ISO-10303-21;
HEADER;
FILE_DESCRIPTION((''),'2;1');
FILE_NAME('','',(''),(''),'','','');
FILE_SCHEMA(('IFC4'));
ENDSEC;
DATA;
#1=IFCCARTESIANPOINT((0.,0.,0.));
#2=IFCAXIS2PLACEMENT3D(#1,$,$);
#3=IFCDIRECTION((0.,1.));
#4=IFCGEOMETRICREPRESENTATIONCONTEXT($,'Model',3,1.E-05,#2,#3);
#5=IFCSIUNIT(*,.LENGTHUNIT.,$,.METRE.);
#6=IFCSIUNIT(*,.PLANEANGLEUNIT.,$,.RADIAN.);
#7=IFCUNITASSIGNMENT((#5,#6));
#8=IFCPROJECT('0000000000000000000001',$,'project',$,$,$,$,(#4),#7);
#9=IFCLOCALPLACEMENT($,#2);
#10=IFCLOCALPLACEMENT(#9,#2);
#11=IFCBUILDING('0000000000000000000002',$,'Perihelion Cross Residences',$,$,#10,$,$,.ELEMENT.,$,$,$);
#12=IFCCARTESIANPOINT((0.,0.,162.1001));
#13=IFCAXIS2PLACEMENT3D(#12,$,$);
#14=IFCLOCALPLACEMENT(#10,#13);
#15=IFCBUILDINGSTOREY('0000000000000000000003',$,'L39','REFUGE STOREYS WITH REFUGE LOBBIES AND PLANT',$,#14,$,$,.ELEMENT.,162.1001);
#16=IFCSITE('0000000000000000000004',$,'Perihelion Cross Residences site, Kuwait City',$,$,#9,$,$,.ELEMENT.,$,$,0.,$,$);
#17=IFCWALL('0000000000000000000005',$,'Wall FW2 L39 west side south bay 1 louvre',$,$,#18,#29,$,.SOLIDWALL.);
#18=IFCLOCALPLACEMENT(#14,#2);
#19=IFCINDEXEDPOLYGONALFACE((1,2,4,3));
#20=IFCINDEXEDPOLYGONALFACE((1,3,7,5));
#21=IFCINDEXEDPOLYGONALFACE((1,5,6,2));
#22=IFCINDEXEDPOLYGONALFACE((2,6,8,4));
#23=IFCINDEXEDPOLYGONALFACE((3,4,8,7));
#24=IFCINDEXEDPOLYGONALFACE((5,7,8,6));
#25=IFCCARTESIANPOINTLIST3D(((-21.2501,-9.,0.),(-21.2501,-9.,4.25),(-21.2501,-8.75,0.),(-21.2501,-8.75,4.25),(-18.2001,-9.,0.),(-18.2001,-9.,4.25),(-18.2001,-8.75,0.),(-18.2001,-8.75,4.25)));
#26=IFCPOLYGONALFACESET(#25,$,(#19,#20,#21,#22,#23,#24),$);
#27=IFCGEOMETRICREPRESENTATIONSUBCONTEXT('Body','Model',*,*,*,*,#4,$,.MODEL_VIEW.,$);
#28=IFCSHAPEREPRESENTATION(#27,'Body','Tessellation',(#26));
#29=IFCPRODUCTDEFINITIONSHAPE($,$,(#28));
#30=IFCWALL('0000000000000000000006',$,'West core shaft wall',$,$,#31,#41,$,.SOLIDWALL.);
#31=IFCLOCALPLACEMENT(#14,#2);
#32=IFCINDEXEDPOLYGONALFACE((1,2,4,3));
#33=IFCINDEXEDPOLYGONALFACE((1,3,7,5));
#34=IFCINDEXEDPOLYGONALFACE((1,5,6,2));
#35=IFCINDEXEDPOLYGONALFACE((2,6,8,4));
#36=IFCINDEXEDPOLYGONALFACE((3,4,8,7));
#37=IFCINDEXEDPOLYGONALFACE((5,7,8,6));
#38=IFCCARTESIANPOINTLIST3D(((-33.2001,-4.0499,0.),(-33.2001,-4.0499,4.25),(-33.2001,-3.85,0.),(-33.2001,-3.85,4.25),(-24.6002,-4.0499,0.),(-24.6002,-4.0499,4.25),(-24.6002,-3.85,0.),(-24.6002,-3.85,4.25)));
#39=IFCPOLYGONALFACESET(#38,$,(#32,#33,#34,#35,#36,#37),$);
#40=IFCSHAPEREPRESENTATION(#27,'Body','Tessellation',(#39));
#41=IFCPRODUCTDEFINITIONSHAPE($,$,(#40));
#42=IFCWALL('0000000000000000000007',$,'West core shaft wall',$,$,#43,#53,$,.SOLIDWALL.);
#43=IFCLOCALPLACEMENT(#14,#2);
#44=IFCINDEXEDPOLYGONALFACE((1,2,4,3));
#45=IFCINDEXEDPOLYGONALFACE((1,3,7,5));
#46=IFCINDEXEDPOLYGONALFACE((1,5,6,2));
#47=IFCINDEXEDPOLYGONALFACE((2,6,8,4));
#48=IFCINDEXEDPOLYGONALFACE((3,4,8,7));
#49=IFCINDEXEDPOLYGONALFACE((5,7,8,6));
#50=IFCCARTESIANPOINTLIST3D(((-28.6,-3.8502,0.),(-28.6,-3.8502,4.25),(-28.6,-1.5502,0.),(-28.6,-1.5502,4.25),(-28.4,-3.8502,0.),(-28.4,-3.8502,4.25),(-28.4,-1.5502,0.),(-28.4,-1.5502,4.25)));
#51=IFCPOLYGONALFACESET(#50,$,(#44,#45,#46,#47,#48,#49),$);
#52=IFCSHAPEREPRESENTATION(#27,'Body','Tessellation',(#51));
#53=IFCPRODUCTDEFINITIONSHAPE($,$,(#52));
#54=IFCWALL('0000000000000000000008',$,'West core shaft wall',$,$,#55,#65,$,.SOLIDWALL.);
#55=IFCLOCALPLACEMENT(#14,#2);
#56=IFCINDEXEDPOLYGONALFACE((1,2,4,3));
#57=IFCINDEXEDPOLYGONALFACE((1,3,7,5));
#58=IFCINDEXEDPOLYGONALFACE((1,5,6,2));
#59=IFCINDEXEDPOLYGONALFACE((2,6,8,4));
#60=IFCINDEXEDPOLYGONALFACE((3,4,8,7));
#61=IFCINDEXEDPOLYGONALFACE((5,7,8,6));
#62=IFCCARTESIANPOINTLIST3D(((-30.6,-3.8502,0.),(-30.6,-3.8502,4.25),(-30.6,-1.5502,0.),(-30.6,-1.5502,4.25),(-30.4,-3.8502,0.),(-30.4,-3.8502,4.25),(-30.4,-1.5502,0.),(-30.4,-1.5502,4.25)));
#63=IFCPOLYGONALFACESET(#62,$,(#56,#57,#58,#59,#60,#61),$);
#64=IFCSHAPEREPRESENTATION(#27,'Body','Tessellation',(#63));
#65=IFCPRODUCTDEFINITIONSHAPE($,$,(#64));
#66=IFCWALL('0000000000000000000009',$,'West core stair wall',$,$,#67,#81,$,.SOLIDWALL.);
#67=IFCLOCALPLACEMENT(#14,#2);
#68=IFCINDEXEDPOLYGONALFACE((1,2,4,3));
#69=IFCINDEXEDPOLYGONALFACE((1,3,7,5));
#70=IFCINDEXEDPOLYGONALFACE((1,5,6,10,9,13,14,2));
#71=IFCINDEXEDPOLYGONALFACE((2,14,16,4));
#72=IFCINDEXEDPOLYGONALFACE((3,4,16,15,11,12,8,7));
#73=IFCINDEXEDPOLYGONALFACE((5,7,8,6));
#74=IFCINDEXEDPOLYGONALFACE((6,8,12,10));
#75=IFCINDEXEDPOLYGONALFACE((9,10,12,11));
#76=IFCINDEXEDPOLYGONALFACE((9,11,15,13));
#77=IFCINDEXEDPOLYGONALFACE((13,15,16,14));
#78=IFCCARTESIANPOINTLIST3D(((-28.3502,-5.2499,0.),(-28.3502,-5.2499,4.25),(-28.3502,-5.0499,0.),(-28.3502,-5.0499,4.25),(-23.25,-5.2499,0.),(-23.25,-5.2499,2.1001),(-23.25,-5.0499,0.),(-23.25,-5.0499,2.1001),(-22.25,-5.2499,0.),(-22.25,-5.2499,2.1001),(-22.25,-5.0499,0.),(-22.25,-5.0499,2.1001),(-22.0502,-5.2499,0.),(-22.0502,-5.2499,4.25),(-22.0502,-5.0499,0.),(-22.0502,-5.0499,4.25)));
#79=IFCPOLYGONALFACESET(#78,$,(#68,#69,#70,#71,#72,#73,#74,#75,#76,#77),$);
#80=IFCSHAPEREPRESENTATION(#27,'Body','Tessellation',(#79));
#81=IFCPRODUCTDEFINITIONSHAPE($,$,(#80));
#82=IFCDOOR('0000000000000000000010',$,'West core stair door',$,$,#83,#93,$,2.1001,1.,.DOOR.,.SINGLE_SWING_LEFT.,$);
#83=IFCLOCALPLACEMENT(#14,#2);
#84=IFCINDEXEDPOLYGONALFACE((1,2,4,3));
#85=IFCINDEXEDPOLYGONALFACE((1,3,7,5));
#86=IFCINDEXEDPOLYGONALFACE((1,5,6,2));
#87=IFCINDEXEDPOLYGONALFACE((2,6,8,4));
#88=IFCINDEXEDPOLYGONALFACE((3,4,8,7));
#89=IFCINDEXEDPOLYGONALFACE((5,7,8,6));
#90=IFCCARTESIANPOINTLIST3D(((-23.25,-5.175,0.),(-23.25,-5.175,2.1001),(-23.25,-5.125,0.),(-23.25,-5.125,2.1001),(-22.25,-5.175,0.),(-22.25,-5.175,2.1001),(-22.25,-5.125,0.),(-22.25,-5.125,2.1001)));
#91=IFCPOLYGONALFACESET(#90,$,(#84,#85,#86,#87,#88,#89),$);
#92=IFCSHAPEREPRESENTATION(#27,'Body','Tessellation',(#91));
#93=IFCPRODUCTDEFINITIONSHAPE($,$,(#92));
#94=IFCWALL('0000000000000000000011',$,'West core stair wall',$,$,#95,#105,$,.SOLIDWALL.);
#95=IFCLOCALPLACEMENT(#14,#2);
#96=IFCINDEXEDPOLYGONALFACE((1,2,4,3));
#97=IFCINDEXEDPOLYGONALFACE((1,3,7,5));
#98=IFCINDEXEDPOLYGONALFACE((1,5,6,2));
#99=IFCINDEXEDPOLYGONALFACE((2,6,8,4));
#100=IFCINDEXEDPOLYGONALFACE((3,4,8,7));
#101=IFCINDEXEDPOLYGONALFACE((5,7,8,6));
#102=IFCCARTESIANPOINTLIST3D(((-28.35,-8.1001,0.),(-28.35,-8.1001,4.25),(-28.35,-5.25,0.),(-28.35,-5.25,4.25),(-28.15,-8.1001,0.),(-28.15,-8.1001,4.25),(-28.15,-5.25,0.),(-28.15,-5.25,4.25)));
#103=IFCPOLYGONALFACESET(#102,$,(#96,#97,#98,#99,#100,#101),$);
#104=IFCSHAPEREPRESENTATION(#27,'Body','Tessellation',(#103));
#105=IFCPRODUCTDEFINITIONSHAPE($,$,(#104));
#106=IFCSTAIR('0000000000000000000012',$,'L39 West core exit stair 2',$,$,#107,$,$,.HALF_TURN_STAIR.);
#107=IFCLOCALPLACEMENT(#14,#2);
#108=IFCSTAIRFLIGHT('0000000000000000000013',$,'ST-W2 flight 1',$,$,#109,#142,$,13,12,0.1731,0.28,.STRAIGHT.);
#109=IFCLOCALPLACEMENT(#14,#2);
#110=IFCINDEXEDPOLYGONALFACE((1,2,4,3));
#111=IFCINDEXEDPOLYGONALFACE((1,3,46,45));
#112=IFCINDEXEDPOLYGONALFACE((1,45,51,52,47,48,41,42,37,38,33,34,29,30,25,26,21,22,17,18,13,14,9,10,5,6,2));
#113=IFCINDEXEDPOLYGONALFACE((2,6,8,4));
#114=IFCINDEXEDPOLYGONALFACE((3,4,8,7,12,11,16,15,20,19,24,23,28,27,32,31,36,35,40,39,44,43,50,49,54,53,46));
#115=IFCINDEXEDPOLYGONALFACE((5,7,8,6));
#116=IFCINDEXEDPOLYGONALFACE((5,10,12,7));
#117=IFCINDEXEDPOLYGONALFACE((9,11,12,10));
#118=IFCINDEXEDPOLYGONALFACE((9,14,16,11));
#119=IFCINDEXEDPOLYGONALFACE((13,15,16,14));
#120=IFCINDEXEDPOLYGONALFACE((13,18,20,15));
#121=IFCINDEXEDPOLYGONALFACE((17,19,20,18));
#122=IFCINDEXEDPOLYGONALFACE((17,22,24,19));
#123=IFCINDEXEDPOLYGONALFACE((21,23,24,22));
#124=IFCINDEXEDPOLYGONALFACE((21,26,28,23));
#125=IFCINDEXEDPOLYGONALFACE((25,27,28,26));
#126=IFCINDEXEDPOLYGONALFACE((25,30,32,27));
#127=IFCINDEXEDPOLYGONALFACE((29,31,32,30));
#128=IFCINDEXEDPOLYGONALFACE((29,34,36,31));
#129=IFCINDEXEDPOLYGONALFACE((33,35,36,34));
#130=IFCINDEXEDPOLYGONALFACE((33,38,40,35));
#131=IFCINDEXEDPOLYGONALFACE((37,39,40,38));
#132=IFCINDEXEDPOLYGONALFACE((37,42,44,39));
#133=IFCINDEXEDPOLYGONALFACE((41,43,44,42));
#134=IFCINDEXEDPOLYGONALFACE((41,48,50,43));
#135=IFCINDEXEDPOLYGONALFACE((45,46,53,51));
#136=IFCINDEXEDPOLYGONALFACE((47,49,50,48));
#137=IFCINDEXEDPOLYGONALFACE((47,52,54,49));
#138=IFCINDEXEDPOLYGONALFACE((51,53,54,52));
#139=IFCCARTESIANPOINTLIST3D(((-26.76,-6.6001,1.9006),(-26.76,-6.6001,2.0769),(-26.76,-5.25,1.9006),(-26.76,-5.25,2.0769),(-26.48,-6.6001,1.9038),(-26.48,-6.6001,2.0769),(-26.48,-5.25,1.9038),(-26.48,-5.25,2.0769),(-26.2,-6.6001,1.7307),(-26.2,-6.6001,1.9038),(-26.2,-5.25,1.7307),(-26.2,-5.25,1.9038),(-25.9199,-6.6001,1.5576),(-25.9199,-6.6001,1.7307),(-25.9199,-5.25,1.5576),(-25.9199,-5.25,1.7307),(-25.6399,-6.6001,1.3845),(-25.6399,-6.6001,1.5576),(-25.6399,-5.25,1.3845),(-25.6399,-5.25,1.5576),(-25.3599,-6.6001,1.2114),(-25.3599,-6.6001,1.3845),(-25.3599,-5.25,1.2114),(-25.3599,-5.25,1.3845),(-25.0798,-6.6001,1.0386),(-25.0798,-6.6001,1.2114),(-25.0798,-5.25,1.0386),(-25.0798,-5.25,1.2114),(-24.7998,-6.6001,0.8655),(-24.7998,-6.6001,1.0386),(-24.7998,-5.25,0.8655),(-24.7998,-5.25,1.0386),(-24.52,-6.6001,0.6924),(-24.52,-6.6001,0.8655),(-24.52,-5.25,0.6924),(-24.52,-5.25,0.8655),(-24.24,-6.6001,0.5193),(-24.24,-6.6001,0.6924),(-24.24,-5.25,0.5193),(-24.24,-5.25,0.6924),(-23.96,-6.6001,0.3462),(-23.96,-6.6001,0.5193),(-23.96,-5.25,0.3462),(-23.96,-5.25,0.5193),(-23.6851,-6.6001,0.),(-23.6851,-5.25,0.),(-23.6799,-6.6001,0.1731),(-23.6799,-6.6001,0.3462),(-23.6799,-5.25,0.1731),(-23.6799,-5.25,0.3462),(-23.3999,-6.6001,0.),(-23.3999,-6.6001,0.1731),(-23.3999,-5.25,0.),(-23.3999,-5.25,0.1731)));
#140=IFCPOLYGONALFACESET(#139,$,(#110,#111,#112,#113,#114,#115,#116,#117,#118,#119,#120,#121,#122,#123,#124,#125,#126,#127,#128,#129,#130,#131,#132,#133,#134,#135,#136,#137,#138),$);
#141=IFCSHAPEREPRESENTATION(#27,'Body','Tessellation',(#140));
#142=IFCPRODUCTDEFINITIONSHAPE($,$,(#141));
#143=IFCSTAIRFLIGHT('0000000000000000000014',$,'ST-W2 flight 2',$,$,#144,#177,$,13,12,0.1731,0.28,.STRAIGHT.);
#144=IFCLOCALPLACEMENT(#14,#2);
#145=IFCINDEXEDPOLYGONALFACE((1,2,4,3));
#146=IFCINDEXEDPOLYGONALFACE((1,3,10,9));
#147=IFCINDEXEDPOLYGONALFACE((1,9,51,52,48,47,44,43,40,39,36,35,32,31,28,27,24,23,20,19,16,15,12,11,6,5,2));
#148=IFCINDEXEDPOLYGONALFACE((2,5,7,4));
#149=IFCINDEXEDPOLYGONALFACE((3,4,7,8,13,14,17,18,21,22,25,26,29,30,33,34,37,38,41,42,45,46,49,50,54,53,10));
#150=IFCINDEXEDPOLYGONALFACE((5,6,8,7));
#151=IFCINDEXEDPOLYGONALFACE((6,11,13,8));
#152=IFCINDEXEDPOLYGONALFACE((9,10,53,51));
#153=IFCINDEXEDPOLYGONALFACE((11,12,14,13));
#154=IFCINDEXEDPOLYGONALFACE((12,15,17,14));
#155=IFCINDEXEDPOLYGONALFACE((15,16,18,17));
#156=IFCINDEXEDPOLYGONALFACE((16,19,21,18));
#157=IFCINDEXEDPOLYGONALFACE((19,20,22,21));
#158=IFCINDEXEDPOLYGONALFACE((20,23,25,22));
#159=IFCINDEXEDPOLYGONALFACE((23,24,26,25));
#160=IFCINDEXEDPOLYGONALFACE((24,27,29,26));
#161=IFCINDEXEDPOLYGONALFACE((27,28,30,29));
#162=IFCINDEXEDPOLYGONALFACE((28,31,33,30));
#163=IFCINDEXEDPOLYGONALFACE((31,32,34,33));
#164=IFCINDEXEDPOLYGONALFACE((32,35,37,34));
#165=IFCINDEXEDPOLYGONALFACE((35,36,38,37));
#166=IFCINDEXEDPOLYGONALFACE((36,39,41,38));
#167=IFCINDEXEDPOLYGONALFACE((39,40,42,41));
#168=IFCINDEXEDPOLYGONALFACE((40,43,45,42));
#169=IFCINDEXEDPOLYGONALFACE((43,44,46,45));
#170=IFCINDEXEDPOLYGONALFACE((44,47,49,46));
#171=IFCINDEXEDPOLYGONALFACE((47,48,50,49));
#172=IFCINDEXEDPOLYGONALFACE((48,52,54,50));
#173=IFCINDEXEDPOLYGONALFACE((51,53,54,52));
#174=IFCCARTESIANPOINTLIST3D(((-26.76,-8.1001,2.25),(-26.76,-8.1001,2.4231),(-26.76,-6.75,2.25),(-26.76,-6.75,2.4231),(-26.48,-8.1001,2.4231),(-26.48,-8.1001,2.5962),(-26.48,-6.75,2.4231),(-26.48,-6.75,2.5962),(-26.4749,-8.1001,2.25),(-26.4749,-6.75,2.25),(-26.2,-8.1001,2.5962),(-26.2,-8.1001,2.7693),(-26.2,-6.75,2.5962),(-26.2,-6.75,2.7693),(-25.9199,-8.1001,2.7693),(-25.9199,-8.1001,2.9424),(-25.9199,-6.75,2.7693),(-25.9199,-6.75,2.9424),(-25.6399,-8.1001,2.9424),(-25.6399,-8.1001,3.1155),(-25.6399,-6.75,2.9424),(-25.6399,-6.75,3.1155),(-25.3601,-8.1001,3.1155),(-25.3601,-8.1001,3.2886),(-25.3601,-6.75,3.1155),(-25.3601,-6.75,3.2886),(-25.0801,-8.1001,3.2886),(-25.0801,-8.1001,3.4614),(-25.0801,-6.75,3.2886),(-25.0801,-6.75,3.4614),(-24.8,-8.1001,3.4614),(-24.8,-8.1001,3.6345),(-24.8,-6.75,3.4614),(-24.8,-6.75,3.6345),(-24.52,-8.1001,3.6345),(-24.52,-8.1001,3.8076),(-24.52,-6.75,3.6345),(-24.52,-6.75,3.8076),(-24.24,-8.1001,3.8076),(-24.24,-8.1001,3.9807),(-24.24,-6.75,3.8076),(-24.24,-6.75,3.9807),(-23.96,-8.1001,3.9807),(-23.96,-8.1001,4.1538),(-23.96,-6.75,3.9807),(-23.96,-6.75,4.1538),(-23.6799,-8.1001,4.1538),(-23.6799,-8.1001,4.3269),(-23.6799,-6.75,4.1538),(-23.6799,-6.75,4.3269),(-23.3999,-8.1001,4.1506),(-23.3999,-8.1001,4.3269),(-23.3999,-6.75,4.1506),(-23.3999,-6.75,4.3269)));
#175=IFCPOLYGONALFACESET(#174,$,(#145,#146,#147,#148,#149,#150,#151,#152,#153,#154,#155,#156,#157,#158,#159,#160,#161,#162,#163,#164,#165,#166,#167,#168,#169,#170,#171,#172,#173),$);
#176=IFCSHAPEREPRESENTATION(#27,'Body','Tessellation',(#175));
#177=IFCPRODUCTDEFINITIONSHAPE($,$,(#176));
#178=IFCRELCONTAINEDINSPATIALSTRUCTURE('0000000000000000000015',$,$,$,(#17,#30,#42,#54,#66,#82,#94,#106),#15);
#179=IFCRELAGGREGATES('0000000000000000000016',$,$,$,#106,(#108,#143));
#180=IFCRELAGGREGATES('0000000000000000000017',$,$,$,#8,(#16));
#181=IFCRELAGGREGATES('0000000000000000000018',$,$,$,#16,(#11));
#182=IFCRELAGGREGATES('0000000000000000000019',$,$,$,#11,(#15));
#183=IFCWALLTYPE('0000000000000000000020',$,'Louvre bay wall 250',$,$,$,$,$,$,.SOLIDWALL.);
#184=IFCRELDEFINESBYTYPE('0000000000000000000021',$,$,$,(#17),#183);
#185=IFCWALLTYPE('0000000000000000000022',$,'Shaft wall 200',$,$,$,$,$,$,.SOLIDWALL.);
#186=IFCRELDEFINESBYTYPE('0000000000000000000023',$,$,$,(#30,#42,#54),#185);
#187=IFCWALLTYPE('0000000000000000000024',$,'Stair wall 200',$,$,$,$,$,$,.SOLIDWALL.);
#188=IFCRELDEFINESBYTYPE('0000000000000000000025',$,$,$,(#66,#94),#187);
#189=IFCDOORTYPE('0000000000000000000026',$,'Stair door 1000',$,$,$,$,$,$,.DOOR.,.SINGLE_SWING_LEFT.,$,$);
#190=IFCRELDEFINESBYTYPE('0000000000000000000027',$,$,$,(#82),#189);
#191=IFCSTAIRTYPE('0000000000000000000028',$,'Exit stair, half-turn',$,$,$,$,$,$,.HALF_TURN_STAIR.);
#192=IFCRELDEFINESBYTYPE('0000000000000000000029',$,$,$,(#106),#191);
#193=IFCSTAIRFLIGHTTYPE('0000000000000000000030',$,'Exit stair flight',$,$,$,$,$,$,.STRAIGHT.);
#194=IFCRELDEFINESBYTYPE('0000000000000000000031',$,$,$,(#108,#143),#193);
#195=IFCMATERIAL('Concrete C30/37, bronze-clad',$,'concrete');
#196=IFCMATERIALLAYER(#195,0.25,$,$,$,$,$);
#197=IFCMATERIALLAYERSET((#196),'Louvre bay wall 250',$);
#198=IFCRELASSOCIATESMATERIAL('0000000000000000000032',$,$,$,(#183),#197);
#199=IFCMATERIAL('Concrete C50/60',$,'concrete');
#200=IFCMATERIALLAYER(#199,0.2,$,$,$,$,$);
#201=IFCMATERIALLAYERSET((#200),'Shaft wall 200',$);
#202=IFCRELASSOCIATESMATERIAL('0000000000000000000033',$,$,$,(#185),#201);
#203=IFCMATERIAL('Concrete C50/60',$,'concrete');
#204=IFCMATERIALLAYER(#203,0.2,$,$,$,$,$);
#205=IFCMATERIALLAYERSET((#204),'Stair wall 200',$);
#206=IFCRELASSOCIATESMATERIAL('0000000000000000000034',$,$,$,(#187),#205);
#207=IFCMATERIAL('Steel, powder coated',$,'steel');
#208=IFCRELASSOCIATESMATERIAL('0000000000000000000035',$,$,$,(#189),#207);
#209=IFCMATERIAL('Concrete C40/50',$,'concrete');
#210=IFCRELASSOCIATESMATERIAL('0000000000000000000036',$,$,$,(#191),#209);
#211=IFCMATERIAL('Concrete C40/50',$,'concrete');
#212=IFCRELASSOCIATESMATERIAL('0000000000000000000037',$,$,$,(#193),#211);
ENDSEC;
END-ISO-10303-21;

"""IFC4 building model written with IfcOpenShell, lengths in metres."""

from ifc_helpers import new_model, si_unit, direction, frame, frame_2d, origin, place, context, subcontext, project, spatial, polyline, rectangle, outline, extrude, material, layer, layer_set, type_object, element, fill, aggregate, save


model = new_model("IFC4")

# Units and contexts
model_context = context("Model", 3, precision=1e-05, world=origin(), true_north=direction((0.0, 1.0)))
body_context = subcontext(model_context, "Body", "Model", "MODEL_VIEW")
ifc_project = project(units=[si_unit("LENGTHUNIT", "METRE"), si_unit("PLANEANGLEUNIT", "RADIAN")], contexts=[model_context])

# Site, building, storey
site_placement = place(None, origin())
site = spatial("IfcSite", under=ifc_project, at=site_placement, Name="Perihelion Cross Residences site, Kuwait City", CompositionType="ELEMENT", RefElevation=0.0)
building_placement = place(site_placement, origin())
building = spatial("IfcBuilding", under=site, at=building_placement, Name="Perihelion Cross Residences", CompositionType="ELEMENT")
storey_placement = place(building_placement, frame((0.0, 0.0, 162.1001)))
storey = spatial("IfcBuildingStorey", under=building, at=storey_placement, Name="L39", Description="REFUGE STOREYS WITH REFUGE LOBBIES AND PLANT", CompositionType="ELEMENT", Elevation=162.1001)

# Walls
ifc_material_1 = material(Name="Concrete C30/37, bronze-clad", Category="concrete")
ifc_layer_1 = layer(ifc_material_1, 0.25)
ifc_layer_set_1 = layer_set([ifc_layer_1], Name="Louvre bay wall 250")
wall_type_1 = type_object("IfcWallType", Name="Louvre bay wall 250", PredefinedType="SOLIDWALL", material=ifc_layer_set_1)
wall_1_placement = place(storey_placement, frame((-21.25, -8.875, 0.0), z_axis=(0.0, 0.0, 1.0), x_axis=(1.0, 0.0, 0.0)))
element("IfcWall", 1, at=wall_1_placement, inside=storey, type_object=wall_type_1, Name="Wall FW2 L39 west side south bay 1 louvre", PredefinedType="SOLIDWALL", context=body_context, shape_type="SweptSolid", body=[
    extrude(rectangle(XDim=3.05, YDim=0.25, at=frame_2d((1.5249, 0.0))), origin(), (0.0, 0.0, 1.0), 4.25),
])
ifc_material_2 = material(Name="Concrete C50/60", Category="concrete")
ifc_layer_2 = layer(ifc_material_2, 0.2)
ifc_layer_set_2 = layer_set([ifc_layer_2], Name="Shaft wall 200")
wall_type_2 = type_object("IfcWallType", Name="Shaft wall 200", PredefinedType="SOLIDWALL", material=ifc_layer_set_2)
wall_2_placement = place(storey_placement, frame((-33.2, -3.95, 0.0), z_axis=(0.0, 0.0, 1.0), x_axis=(1.0, 0.0, 0.0)))
element("IfcWall", 2, at=wall_2_placement, inside=storey, type_object=wall_type_2, Name="West core shaft wall", PredefinedType="SOLIDWALL", context=body_context, shape_type="SweptSolid", body=[
    extrude(rectangle(XDim=8.5999, YDim=0.2, at=frame_2d((4.2998, 0.0))), origin(), (0.0, 0.0, 1.0), 4.25),
])
for number, where, z_axis, x_axis, name in (
    (3, (-28.5, -3.8501, 0.0), (0.0, 0.0, 1.0), (0.0, 1.0, 0.0), "West core shaft wall"),
    (4, (-30.5, -3.8501, 0.0), (0.0, 0.0, 1.0), (0.0, 1.0, 0.0), "West core shaft wall"),
):
    element("IfcWall", number, at=place(storey_placement, frame(where, z_axis=z_axis, x_axis=x_axis)), inside=storey, type_object=wall_type_2, Name=name, PredefinedType="SOLIDWALL", context=body_context, shape_type="SweptSolid", body=[
        extrude(rectangle(XDim=2.3, YDim=0.2, at=frame_2d((1.1499, 0.0))), origin(), (0.0, 0.0, 1.0), 4.25),
    ])

# Wall, opening, door
ifc_material_3 = material(Name="Concrete C50/60", Category="concrete")
ifc_layer_3 = layer(ifc_material_3, 0.2)
ifc_layer_set_3 = layer_set([ifc_layer_3], Name="Stair wall 200")
wall_type_3 = type_object("IfcWallType", Name="Stair wall 200", PredefinedType="SOLIDWALL", material=ifc_layer_set_3)
wall_3_placement = place(storey_placement, frame((-28.3501, -5.1499, 0.0), z_axis=(0.0, 0.0, 1.0), x_axis=(1.0, 0.0, 0.0)))
wall_3 = element("IfcWall", 5, at=wall_3_placement, inside=storey, type_object=wall_type_3, Name="West core stair wall", PredefinedType="SOLIDWALL", context=body_context, shape_type="SweptSolid", body=[
    extrude(rectangle(XDim=6.3, YDim=0.2, at=frame_2d((3.1499, 0.0))), origin(), (0.0, 0.0, 1.0), 4.25),
])
opening_1_placement = place(wall_3_placement, frame((5.1001, 0.0, 0.0)))
opening_1 = element("IfcOpeningElement", 6, at=opening_1_placement, cuts=wall_3, PredefinedType="OPENING", context=body_context, shape_type="SweptSolid", body=[
    extrude(rectangle(XDim=1.0, YDim=2.1001, at=frame_2d((0.5, 1.05))), frame((0.0, 0.1099, 0.0), z_axis=(0.0, -1.0, 0.0), x_axis=(1.0, 0.0, 0.0)), (0.0, 0.0, 1.0), 0.22),
])
ifc_material_4 = material(Name="Steel, powder coated", Category="steel")
door_type_1 = type_object("IfcDoorType", Name="Stair door 1000", OperationType="SINGLE_SWING_LEFT", PredefinedType="DOOR", material=ifc_material_4)
door_1_placement = place(opening_1_placement, origin())
door_1 = element("IfcDoor", 7, at=door_1_placement, inside=storey, type_object=door_type_1, Name="West core stair door", OperationType="SINGLE_SWING_LEFT", OverallHeight=2.1001, OverallWidth=1.0, PredefinedType="DOOR", context=body_context, shape_type="SweptSolid", body=[
    extrude(rectangle(XDim=1.0, YDim=2.1001, at=frame_2d((0.5, 1.05))), frame((0.0, 0.0249, 0.0), z_axis=(0.0, -1.0, 0.0), x_axis=(1.0, 0.0, 0.0)), (0.0, 0.0, 1.0), 0.05),
])
fill(opening_1, door_1)

# Wall
wall_4_placement = place(storey_placement, frame((-28.25, -8.1001, 0.0), z_axis=(0.0, 0.0, 1.0), x_axis=(0.0, 1.0, 0.0)))
element("IfcWall", 8, at=wall_4_placement, inside=storey, type_object=wall_type_3, Name="West core stair wall", PredefinedType="SOLIDWALL", context=body_context, shape_type="SweptSolid", body=[
    extrude(rectangle(XDim=2.8501, YDim=0.2, at=frame_2d((1.425, 0.0))), origin(), (0.0, 0.0, 1.0), 4.25),
])

# Stair, stair flights
ifc_material_5 = material(Name="Concrete C40/50", Category="concrete")
stair_type = type_object("IfcStairType", Name="Exit stair, half-turn", PredefinedType="HALF_TURN_STAIR", material=ifc_material_5)
stair_placement = place(storey_placement, origin())
stair = element("IfcStair", 9, at=stair_placement, inside=storey, type_object=stair_type, Name="L39 West core exit stair 2", PredefinedType="HALF_TURN_STAIR")
ifc_material_6 = material(Name="Concrete C40/50", Category="concrete")
stair_flight_type = type_object("IfcStairFlightType", Name="Exit stair flight", PredefinedType="STRAIGHT", material=ifc_material_6)
stair_flight_1_placement = place(storey_placement, frame((-23.3999, -5.925, 0.0), z_axis=(0.0, 0.0, 1.0), x_axis=(-1.0, 0.0, 0.0)))
stair_flight_1 = element("IfcStairFlight", 10, at=stair_flight_1_placement, type_object=stair_flight_type, Name="ST-W2 flight 1", NumberOfRisers=13, NumberOfTreads=12, PredefinedType="STRAIGHT", RiserHeight=0.1731, TreadLength=0.28, context=body_context, shape_type="SweptSolid", body=[
    extrude(outline(polyline([(0.0, 0.0), (0.0, 0.1731), (0.28, 0.1731), (0.28, 0.3462), (0.5601, 0.3462), (0.5601, 0.5193), (0.8401, 0.5193), (0.8401, 0.6924), (1.1201, 0.6924), (1.1201, 0.8655), (1.3999, 0.8655), (1.3999, 1.0386), (1.6799, 1.0386), (1.6799, 1.2114), (1.96, 1.2114), (1.96, 1.3845), (2.24, 1.3845), (2.24, 1.5576), (2.52, 1.5576), (2.52, 1.7307), (2.8, 1.7307), (2.8, 1.9038), (3.0801, 1.9038), (3.0801, 2.0769), (3.3601, 2.0769), (3.3601, 2.25), (3.3601, 1.9006), (0.2852, 0.0), (0.0, 0.0)])), frame((0.0, 0.675, 0.0), z_axis=(0.0, -1.0, 0.0), x_axis=(1.0, 0.0, 0.0)), (0.0, 0.0, 1.0), 1.3501),
])
stair_flight_2_placement = place(storey_placement, frame((-26.76, -7.425, 2.25), z_axis=(0.0, 0.0, 1.0), x_axis=(1.0, 0.0, 0.0)))
stair_flight_2 = element("IfcStairFlight", 11, at=stair_flight_2_placement, type_object=stair_flight_type, Name="ST-W2 flight 2", NumberOfRisers=13, NumberOfTreads=12, PredefinedType="STRAIGHT", RiserHeight=0.1731, TreadLength=0.28, context=body_context, shape_type="SweptSolid", body=[
    extrude(outline(polyline([(0.0, 0.0), (0.0, 0.1731), (0.28, 0.1731), (0.28, 0.3462), (0.5601, 0.3462), (0.5601, 0.5193), (0.8401, 0.5193), (0.8401, 0.6924), (1.1201, 0.6924), (1.1201, 0.8655), (1.3999, 0.8655), (1.3999, 1.0386), (1.6799, 1.0386), (1.6799, 1.2114), (1.96, 1.2114), (1.96, 1.3845), (2.24, 1.3845), (2.24, 1.5576), (2.52, 1.5576), (2.52, 1.7307), (2.8, 1.7307), (2.8, 1.9038), (3.0801, 1.9038), (3.0801, 2.0769), (3.3601, 2.0769), (3.3601, 2.25), (3.3601, 1.9006), (0.2852, 0.0), (0.0, 0.0)])), frame((0.0, 0.675, 0.0), z_axis=(0.0, -1.0, 0.0), x_axis=(1.0, 0.0, 0.0)), (0.0, 0.0, 1.0), 1.3501),
])
aggregate(stair, [stair_flight_1, stair_flight_2])

save(model, "model.ifc")
